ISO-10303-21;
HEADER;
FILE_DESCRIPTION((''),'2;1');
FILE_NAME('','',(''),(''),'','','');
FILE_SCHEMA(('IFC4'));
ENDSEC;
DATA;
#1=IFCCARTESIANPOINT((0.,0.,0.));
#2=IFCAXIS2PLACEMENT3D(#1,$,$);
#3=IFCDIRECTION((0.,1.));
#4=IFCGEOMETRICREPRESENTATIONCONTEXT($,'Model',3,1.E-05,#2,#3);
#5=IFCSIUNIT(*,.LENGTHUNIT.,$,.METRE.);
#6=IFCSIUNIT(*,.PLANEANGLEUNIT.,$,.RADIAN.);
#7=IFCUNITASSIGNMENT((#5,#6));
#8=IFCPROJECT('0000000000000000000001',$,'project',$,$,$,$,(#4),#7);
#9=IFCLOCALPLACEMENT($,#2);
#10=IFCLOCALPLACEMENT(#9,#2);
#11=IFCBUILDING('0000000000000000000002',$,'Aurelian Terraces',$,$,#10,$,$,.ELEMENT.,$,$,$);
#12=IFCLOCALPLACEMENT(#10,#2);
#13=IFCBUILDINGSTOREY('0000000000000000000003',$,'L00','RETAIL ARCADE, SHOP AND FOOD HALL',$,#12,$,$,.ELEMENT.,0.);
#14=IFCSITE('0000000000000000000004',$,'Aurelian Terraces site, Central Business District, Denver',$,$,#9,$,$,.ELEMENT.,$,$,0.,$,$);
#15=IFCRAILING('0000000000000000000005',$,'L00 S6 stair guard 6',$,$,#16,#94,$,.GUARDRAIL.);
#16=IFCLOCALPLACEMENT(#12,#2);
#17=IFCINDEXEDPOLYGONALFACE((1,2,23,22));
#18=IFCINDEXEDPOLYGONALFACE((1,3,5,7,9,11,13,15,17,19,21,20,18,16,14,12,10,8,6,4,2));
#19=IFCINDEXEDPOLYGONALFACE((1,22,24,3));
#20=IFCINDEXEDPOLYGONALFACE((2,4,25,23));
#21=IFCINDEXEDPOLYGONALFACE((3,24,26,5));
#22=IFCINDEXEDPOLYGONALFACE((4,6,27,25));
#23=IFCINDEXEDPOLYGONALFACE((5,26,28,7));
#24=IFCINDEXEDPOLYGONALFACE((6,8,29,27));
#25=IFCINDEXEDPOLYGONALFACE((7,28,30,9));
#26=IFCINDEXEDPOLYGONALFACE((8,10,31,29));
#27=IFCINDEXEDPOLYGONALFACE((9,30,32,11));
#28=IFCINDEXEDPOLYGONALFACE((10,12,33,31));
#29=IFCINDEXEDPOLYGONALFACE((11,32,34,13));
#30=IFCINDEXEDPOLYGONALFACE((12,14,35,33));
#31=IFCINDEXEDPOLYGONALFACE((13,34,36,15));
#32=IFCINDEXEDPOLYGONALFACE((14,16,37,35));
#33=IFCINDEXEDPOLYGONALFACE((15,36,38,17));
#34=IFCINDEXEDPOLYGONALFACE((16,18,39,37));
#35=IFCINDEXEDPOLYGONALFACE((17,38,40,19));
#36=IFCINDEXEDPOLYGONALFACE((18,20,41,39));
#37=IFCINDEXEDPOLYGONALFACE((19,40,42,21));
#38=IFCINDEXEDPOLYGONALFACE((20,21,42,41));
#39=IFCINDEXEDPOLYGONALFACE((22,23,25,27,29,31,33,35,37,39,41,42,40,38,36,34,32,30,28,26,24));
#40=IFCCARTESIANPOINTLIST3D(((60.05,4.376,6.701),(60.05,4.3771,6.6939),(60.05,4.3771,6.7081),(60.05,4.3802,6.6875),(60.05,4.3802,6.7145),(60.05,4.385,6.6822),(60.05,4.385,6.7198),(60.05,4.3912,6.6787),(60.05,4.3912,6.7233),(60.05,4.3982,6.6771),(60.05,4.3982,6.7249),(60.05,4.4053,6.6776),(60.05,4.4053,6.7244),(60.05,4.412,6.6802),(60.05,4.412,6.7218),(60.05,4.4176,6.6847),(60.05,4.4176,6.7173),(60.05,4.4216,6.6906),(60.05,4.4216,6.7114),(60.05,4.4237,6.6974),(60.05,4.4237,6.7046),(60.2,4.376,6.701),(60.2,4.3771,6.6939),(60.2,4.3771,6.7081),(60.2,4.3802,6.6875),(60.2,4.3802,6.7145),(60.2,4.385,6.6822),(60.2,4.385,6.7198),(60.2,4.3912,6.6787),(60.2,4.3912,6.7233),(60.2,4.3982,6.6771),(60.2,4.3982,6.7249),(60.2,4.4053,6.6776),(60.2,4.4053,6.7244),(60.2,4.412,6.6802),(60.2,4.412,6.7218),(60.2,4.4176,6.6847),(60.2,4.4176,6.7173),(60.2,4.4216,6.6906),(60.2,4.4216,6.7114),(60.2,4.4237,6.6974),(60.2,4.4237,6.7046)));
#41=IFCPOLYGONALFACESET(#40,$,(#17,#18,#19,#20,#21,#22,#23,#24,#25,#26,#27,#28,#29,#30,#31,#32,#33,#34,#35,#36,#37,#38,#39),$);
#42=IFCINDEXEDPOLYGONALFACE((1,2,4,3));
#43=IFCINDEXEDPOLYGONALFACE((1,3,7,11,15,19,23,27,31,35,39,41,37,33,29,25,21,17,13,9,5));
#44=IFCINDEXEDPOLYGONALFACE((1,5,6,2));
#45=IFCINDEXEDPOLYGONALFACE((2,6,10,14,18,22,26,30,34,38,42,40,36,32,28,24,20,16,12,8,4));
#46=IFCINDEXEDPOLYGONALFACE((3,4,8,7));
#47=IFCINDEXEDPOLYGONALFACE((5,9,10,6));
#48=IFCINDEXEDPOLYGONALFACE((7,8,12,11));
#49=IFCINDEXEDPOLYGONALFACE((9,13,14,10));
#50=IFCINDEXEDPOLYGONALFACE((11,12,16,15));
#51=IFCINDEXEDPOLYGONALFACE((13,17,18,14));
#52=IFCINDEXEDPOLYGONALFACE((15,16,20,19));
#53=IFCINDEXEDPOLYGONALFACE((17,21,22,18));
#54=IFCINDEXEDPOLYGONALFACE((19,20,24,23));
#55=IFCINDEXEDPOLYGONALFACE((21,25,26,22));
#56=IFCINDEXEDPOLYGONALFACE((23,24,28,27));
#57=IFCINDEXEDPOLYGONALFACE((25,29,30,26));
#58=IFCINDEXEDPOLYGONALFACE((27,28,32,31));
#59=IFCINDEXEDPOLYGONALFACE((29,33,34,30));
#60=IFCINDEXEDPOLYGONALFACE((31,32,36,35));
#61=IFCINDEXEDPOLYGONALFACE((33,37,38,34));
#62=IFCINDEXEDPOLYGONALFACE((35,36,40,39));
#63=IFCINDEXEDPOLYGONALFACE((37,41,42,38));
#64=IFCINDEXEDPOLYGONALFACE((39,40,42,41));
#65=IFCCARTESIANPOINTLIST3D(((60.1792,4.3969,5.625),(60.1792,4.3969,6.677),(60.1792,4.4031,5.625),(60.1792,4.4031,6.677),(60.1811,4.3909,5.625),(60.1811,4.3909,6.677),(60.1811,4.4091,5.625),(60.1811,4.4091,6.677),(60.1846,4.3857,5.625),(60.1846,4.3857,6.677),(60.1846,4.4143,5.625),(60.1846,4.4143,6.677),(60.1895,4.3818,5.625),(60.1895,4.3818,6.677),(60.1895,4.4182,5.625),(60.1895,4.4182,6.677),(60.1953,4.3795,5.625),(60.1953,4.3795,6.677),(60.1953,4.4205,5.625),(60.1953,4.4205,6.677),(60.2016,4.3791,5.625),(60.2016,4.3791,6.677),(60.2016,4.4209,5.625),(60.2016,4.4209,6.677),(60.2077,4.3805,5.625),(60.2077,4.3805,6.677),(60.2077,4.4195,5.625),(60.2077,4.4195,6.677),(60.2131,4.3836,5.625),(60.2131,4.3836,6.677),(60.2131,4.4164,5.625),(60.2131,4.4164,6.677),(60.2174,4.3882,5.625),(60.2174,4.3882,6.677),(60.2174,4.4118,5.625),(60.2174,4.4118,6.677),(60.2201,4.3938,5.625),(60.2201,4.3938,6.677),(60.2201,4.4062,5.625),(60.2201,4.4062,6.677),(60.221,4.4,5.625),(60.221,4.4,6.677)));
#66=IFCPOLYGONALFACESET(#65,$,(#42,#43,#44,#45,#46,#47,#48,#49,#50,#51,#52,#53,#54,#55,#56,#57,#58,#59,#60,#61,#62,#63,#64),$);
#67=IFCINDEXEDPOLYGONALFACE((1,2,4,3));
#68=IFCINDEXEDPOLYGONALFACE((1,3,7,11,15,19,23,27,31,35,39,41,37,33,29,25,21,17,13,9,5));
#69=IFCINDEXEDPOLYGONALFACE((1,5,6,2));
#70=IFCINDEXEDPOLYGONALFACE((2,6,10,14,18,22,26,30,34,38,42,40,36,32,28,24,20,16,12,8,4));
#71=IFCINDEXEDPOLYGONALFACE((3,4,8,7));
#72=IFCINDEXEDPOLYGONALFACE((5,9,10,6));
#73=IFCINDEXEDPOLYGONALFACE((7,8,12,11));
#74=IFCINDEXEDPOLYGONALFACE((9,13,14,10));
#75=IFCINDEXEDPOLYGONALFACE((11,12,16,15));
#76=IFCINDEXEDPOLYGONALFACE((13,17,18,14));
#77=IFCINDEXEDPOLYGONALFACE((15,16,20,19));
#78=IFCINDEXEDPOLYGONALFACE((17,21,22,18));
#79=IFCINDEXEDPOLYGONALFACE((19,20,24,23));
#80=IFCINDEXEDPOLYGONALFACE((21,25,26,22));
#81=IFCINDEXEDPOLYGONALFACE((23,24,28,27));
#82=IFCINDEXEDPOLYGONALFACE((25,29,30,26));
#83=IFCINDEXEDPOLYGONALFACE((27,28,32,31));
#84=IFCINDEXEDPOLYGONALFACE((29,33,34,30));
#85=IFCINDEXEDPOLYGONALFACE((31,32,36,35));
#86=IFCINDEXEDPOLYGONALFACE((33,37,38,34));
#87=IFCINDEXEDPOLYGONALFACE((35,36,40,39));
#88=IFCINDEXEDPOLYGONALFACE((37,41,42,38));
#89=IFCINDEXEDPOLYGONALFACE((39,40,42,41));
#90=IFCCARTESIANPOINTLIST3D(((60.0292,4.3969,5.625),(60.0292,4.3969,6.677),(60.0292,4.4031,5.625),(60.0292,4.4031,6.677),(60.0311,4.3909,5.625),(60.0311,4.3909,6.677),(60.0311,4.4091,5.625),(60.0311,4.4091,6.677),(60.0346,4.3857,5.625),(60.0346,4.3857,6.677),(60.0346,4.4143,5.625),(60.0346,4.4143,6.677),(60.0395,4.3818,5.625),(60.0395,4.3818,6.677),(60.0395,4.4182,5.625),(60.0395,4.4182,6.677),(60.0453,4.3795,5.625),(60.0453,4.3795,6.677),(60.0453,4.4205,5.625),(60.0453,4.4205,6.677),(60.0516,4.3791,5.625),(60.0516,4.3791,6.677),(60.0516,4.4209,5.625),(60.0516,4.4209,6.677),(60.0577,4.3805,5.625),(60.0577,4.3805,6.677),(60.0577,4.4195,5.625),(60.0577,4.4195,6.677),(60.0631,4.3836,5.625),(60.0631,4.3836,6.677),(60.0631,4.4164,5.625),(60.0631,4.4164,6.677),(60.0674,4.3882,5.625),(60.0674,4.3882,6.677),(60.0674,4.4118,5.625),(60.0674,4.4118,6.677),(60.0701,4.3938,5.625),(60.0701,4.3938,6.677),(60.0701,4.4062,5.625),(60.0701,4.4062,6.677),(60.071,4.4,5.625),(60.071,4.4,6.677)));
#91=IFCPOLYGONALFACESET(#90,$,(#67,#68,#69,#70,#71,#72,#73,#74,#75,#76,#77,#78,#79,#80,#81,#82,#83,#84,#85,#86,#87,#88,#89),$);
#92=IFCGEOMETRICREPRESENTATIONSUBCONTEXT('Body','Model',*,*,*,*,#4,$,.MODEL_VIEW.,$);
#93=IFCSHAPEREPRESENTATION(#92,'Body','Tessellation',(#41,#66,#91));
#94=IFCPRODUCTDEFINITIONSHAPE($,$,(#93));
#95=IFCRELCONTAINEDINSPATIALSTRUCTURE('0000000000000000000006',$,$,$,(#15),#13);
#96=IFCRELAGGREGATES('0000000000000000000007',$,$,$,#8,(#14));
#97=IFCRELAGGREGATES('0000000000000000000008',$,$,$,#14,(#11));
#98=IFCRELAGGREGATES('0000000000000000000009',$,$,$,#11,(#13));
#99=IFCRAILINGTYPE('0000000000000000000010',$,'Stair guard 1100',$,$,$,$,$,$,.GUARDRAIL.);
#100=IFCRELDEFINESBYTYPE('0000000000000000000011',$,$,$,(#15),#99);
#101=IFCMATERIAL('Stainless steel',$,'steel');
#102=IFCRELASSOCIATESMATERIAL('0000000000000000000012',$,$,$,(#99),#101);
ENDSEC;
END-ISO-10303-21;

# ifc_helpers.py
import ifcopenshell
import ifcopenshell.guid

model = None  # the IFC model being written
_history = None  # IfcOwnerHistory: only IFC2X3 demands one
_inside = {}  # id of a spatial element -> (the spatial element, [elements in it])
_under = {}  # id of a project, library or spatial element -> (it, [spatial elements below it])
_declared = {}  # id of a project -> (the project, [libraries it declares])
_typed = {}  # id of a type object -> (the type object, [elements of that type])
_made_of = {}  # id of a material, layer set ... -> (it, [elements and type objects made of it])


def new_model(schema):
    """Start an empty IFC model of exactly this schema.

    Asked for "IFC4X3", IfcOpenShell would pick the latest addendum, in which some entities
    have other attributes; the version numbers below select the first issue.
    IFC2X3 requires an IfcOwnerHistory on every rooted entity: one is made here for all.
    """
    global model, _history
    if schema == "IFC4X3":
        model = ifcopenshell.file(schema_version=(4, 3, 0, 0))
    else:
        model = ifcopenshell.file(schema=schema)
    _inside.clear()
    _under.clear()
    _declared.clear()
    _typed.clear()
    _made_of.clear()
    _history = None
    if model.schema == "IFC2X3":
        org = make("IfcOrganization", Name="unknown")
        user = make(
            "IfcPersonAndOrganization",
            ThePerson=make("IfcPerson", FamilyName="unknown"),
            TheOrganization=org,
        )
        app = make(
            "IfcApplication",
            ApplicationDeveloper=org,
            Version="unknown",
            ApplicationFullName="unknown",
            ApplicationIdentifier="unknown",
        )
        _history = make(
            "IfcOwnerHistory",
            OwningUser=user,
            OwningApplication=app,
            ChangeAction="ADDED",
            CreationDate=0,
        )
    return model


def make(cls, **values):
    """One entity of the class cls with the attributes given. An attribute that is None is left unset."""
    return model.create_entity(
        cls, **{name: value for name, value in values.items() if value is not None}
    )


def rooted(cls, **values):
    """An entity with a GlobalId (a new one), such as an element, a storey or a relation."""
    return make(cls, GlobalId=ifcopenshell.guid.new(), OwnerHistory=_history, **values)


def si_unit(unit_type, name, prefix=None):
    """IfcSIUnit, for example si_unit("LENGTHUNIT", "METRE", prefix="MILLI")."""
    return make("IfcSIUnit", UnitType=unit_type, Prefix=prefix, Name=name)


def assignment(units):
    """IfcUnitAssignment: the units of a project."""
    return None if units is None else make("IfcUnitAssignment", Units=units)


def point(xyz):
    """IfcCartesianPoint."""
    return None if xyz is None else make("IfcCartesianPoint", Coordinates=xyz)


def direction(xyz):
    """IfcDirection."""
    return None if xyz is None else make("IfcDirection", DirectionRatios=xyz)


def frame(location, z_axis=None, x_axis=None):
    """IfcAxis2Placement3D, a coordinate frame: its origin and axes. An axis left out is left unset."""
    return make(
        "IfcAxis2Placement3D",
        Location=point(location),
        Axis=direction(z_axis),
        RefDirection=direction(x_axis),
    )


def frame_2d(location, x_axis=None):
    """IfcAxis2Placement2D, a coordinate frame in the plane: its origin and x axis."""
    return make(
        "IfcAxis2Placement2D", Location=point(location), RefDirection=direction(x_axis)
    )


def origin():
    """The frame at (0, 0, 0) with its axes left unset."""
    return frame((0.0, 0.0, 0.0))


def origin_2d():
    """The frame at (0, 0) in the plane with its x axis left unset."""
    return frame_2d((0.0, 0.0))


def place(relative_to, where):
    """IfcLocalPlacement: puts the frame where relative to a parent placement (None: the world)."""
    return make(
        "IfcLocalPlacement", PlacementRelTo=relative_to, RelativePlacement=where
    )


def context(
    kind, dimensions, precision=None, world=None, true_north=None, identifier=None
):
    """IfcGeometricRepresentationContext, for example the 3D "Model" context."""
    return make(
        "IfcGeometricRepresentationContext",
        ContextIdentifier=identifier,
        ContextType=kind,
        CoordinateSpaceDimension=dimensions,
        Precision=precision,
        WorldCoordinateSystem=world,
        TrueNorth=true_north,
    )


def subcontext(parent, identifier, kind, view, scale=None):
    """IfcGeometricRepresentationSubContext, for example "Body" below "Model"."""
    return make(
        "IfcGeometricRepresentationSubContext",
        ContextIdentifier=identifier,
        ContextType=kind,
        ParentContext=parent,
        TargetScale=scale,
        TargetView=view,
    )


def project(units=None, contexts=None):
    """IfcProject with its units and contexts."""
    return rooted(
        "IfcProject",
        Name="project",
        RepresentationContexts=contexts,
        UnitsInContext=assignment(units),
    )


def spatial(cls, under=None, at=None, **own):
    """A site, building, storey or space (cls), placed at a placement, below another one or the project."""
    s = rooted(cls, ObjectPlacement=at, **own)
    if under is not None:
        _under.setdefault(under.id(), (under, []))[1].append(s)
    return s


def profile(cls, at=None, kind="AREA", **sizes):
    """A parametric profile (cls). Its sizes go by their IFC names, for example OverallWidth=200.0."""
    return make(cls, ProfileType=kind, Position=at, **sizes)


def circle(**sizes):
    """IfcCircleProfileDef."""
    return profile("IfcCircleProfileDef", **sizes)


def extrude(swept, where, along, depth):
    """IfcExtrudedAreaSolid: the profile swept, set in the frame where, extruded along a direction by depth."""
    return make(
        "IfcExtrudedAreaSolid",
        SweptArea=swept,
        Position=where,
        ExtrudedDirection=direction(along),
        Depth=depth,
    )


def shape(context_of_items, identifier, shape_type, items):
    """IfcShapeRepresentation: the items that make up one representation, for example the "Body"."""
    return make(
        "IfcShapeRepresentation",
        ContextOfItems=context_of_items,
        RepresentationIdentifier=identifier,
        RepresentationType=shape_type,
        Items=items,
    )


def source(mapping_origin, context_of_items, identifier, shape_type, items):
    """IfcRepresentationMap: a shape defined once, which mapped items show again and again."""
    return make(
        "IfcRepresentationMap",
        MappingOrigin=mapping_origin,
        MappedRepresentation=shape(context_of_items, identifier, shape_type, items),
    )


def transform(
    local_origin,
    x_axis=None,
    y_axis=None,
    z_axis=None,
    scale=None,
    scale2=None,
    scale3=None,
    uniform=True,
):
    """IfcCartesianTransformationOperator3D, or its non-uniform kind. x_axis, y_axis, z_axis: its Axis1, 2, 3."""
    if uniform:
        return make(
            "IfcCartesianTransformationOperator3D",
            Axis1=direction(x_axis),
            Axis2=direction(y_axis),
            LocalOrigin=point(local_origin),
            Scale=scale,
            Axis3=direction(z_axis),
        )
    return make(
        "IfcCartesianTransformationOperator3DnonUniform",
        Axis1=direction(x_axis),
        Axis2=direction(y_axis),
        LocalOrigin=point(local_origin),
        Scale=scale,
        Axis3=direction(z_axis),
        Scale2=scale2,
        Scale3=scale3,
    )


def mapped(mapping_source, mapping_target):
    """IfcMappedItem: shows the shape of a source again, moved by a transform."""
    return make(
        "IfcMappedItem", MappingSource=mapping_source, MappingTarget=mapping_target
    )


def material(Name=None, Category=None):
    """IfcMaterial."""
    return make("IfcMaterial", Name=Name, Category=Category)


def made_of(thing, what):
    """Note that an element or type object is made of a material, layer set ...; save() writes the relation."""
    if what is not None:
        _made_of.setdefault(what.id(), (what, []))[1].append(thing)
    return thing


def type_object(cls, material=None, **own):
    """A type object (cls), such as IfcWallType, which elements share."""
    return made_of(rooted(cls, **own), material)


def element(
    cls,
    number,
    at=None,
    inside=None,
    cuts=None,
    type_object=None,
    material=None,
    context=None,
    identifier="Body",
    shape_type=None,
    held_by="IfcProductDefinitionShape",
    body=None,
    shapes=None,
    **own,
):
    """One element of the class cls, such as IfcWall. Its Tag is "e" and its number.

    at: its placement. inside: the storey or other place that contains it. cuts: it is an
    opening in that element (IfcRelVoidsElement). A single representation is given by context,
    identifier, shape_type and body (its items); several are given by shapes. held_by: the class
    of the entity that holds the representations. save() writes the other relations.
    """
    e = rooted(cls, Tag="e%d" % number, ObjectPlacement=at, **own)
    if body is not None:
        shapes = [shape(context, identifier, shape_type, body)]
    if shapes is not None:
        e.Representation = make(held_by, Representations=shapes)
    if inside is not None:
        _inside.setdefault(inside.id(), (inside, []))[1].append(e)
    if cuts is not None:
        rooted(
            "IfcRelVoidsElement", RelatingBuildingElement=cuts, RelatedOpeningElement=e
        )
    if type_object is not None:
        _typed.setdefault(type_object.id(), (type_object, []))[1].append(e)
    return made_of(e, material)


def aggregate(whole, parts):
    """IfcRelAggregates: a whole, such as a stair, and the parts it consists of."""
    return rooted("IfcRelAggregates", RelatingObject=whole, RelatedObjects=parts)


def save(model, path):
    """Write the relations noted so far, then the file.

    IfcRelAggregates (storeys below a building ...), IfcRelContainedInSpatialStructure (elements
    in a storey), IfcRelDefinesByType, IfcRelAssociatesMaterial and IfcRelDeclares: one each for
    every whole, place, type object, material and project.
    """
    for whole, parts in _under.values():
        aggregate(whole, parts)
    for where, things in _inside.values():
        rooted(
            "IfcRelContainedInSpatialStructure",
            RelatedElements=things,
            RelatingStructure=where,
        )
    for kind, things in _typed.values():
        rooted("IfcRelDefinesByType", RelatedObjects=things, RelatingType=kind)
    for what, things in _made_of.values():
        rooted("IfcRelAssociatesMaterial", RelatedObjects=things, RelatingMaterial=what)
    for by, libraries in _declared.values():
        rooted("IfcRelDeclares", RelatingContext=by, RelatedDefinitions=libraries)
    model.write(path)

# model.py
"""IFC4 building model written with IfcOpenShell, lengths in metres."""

from ifc_helpers import new_model, si_unit, direction, frame, origin, origin_2d, place, context, subcontext, project, spatial, circle, extrude, source, transform, mapped, material, type_object, element, save


model = new_model("IFC4")

# Units and contexts
model_context = context("Model", 3, precision=1e-05, world=origin(), true_north=direction((0.0, 1.0)))
body_context = subcontext(model_context, "Body", "Model", "MODEL_VIEW")
ifc_project = project(units=[si_unit("LENGTHUNIT", "METRE"), si_unit("PLANEANGLEUNIT", "RADIAN")], contexts=[model_context])

# Site, building, storey
site_placement = place(None, origin())
site = spatial("IfcSite", under=ifc_project, at=site_placement, Name="Aurelian Terraces site, Central Business District, Denver", CompositionType="ELEMENT", RefElevation=0.0)
building_placement = place(site_placement, origin())
building = spatial("IfcBuilding", under=site, at=building_placement, Name="Aurelian Terraces", CompositionType="ELEMENT")
storey_placement = place(building_placement, origin())
storey = spatial("IfcBuildingStorey", under=building, at=storey_placement, Name="L00", Description="RETAIL ARCADE, SHOP AND FOOD HALL", CompositionType="ELEMENT", Elevation=0.0)

# Railing
ifc_material_1 = material(Name="Stainless steel", Category="steel")
railing_type_1 = type_object("IfcRailingType", Name="Stair guard 1100", PredefinedType="GUARDRAIL", material=ifc_material_1)
shared_shape_1 = source(origin(), body_context, "Body", "SweptSolid", [
    extrude(circle(Radius=0.024, at=origin_2d()), frame((0.0, 0.0, 1.076), z_axis=(-1.0, 0.0, 0.0), x_axis=(0.0, -1.0, 0.0)), (0.0, 0.0, 1.0), 0.15),
    extrude(circle(Radius=0.021, at=origin_2d()), origin(), (0.0, 0.0, 1.0), 1.052),
    extrude(circle(Radius=0.021, at=origin_2d()), frame((-0.15, 0.0, 0.0)), (0.0, 0.0, 1.0), 1.052),
])
for number, where, name in (
    (1, (60.2, 4.4, 5.625), "L00 S6 stair guard 6"),
):
    element("IfcRailing", number, at=place(storey_placement, frame(where)), inside=storey, type_object=railing_type_1, Name=name, PredefinedType="GUARDRAIL", context=body_context, shape_type="MappedRepresentation", body=[
        mapped(shared_shape_1, transform((0.0, 0.0, 0.0), scale=1.0)),
    ])

save(model, "model.ifc")
